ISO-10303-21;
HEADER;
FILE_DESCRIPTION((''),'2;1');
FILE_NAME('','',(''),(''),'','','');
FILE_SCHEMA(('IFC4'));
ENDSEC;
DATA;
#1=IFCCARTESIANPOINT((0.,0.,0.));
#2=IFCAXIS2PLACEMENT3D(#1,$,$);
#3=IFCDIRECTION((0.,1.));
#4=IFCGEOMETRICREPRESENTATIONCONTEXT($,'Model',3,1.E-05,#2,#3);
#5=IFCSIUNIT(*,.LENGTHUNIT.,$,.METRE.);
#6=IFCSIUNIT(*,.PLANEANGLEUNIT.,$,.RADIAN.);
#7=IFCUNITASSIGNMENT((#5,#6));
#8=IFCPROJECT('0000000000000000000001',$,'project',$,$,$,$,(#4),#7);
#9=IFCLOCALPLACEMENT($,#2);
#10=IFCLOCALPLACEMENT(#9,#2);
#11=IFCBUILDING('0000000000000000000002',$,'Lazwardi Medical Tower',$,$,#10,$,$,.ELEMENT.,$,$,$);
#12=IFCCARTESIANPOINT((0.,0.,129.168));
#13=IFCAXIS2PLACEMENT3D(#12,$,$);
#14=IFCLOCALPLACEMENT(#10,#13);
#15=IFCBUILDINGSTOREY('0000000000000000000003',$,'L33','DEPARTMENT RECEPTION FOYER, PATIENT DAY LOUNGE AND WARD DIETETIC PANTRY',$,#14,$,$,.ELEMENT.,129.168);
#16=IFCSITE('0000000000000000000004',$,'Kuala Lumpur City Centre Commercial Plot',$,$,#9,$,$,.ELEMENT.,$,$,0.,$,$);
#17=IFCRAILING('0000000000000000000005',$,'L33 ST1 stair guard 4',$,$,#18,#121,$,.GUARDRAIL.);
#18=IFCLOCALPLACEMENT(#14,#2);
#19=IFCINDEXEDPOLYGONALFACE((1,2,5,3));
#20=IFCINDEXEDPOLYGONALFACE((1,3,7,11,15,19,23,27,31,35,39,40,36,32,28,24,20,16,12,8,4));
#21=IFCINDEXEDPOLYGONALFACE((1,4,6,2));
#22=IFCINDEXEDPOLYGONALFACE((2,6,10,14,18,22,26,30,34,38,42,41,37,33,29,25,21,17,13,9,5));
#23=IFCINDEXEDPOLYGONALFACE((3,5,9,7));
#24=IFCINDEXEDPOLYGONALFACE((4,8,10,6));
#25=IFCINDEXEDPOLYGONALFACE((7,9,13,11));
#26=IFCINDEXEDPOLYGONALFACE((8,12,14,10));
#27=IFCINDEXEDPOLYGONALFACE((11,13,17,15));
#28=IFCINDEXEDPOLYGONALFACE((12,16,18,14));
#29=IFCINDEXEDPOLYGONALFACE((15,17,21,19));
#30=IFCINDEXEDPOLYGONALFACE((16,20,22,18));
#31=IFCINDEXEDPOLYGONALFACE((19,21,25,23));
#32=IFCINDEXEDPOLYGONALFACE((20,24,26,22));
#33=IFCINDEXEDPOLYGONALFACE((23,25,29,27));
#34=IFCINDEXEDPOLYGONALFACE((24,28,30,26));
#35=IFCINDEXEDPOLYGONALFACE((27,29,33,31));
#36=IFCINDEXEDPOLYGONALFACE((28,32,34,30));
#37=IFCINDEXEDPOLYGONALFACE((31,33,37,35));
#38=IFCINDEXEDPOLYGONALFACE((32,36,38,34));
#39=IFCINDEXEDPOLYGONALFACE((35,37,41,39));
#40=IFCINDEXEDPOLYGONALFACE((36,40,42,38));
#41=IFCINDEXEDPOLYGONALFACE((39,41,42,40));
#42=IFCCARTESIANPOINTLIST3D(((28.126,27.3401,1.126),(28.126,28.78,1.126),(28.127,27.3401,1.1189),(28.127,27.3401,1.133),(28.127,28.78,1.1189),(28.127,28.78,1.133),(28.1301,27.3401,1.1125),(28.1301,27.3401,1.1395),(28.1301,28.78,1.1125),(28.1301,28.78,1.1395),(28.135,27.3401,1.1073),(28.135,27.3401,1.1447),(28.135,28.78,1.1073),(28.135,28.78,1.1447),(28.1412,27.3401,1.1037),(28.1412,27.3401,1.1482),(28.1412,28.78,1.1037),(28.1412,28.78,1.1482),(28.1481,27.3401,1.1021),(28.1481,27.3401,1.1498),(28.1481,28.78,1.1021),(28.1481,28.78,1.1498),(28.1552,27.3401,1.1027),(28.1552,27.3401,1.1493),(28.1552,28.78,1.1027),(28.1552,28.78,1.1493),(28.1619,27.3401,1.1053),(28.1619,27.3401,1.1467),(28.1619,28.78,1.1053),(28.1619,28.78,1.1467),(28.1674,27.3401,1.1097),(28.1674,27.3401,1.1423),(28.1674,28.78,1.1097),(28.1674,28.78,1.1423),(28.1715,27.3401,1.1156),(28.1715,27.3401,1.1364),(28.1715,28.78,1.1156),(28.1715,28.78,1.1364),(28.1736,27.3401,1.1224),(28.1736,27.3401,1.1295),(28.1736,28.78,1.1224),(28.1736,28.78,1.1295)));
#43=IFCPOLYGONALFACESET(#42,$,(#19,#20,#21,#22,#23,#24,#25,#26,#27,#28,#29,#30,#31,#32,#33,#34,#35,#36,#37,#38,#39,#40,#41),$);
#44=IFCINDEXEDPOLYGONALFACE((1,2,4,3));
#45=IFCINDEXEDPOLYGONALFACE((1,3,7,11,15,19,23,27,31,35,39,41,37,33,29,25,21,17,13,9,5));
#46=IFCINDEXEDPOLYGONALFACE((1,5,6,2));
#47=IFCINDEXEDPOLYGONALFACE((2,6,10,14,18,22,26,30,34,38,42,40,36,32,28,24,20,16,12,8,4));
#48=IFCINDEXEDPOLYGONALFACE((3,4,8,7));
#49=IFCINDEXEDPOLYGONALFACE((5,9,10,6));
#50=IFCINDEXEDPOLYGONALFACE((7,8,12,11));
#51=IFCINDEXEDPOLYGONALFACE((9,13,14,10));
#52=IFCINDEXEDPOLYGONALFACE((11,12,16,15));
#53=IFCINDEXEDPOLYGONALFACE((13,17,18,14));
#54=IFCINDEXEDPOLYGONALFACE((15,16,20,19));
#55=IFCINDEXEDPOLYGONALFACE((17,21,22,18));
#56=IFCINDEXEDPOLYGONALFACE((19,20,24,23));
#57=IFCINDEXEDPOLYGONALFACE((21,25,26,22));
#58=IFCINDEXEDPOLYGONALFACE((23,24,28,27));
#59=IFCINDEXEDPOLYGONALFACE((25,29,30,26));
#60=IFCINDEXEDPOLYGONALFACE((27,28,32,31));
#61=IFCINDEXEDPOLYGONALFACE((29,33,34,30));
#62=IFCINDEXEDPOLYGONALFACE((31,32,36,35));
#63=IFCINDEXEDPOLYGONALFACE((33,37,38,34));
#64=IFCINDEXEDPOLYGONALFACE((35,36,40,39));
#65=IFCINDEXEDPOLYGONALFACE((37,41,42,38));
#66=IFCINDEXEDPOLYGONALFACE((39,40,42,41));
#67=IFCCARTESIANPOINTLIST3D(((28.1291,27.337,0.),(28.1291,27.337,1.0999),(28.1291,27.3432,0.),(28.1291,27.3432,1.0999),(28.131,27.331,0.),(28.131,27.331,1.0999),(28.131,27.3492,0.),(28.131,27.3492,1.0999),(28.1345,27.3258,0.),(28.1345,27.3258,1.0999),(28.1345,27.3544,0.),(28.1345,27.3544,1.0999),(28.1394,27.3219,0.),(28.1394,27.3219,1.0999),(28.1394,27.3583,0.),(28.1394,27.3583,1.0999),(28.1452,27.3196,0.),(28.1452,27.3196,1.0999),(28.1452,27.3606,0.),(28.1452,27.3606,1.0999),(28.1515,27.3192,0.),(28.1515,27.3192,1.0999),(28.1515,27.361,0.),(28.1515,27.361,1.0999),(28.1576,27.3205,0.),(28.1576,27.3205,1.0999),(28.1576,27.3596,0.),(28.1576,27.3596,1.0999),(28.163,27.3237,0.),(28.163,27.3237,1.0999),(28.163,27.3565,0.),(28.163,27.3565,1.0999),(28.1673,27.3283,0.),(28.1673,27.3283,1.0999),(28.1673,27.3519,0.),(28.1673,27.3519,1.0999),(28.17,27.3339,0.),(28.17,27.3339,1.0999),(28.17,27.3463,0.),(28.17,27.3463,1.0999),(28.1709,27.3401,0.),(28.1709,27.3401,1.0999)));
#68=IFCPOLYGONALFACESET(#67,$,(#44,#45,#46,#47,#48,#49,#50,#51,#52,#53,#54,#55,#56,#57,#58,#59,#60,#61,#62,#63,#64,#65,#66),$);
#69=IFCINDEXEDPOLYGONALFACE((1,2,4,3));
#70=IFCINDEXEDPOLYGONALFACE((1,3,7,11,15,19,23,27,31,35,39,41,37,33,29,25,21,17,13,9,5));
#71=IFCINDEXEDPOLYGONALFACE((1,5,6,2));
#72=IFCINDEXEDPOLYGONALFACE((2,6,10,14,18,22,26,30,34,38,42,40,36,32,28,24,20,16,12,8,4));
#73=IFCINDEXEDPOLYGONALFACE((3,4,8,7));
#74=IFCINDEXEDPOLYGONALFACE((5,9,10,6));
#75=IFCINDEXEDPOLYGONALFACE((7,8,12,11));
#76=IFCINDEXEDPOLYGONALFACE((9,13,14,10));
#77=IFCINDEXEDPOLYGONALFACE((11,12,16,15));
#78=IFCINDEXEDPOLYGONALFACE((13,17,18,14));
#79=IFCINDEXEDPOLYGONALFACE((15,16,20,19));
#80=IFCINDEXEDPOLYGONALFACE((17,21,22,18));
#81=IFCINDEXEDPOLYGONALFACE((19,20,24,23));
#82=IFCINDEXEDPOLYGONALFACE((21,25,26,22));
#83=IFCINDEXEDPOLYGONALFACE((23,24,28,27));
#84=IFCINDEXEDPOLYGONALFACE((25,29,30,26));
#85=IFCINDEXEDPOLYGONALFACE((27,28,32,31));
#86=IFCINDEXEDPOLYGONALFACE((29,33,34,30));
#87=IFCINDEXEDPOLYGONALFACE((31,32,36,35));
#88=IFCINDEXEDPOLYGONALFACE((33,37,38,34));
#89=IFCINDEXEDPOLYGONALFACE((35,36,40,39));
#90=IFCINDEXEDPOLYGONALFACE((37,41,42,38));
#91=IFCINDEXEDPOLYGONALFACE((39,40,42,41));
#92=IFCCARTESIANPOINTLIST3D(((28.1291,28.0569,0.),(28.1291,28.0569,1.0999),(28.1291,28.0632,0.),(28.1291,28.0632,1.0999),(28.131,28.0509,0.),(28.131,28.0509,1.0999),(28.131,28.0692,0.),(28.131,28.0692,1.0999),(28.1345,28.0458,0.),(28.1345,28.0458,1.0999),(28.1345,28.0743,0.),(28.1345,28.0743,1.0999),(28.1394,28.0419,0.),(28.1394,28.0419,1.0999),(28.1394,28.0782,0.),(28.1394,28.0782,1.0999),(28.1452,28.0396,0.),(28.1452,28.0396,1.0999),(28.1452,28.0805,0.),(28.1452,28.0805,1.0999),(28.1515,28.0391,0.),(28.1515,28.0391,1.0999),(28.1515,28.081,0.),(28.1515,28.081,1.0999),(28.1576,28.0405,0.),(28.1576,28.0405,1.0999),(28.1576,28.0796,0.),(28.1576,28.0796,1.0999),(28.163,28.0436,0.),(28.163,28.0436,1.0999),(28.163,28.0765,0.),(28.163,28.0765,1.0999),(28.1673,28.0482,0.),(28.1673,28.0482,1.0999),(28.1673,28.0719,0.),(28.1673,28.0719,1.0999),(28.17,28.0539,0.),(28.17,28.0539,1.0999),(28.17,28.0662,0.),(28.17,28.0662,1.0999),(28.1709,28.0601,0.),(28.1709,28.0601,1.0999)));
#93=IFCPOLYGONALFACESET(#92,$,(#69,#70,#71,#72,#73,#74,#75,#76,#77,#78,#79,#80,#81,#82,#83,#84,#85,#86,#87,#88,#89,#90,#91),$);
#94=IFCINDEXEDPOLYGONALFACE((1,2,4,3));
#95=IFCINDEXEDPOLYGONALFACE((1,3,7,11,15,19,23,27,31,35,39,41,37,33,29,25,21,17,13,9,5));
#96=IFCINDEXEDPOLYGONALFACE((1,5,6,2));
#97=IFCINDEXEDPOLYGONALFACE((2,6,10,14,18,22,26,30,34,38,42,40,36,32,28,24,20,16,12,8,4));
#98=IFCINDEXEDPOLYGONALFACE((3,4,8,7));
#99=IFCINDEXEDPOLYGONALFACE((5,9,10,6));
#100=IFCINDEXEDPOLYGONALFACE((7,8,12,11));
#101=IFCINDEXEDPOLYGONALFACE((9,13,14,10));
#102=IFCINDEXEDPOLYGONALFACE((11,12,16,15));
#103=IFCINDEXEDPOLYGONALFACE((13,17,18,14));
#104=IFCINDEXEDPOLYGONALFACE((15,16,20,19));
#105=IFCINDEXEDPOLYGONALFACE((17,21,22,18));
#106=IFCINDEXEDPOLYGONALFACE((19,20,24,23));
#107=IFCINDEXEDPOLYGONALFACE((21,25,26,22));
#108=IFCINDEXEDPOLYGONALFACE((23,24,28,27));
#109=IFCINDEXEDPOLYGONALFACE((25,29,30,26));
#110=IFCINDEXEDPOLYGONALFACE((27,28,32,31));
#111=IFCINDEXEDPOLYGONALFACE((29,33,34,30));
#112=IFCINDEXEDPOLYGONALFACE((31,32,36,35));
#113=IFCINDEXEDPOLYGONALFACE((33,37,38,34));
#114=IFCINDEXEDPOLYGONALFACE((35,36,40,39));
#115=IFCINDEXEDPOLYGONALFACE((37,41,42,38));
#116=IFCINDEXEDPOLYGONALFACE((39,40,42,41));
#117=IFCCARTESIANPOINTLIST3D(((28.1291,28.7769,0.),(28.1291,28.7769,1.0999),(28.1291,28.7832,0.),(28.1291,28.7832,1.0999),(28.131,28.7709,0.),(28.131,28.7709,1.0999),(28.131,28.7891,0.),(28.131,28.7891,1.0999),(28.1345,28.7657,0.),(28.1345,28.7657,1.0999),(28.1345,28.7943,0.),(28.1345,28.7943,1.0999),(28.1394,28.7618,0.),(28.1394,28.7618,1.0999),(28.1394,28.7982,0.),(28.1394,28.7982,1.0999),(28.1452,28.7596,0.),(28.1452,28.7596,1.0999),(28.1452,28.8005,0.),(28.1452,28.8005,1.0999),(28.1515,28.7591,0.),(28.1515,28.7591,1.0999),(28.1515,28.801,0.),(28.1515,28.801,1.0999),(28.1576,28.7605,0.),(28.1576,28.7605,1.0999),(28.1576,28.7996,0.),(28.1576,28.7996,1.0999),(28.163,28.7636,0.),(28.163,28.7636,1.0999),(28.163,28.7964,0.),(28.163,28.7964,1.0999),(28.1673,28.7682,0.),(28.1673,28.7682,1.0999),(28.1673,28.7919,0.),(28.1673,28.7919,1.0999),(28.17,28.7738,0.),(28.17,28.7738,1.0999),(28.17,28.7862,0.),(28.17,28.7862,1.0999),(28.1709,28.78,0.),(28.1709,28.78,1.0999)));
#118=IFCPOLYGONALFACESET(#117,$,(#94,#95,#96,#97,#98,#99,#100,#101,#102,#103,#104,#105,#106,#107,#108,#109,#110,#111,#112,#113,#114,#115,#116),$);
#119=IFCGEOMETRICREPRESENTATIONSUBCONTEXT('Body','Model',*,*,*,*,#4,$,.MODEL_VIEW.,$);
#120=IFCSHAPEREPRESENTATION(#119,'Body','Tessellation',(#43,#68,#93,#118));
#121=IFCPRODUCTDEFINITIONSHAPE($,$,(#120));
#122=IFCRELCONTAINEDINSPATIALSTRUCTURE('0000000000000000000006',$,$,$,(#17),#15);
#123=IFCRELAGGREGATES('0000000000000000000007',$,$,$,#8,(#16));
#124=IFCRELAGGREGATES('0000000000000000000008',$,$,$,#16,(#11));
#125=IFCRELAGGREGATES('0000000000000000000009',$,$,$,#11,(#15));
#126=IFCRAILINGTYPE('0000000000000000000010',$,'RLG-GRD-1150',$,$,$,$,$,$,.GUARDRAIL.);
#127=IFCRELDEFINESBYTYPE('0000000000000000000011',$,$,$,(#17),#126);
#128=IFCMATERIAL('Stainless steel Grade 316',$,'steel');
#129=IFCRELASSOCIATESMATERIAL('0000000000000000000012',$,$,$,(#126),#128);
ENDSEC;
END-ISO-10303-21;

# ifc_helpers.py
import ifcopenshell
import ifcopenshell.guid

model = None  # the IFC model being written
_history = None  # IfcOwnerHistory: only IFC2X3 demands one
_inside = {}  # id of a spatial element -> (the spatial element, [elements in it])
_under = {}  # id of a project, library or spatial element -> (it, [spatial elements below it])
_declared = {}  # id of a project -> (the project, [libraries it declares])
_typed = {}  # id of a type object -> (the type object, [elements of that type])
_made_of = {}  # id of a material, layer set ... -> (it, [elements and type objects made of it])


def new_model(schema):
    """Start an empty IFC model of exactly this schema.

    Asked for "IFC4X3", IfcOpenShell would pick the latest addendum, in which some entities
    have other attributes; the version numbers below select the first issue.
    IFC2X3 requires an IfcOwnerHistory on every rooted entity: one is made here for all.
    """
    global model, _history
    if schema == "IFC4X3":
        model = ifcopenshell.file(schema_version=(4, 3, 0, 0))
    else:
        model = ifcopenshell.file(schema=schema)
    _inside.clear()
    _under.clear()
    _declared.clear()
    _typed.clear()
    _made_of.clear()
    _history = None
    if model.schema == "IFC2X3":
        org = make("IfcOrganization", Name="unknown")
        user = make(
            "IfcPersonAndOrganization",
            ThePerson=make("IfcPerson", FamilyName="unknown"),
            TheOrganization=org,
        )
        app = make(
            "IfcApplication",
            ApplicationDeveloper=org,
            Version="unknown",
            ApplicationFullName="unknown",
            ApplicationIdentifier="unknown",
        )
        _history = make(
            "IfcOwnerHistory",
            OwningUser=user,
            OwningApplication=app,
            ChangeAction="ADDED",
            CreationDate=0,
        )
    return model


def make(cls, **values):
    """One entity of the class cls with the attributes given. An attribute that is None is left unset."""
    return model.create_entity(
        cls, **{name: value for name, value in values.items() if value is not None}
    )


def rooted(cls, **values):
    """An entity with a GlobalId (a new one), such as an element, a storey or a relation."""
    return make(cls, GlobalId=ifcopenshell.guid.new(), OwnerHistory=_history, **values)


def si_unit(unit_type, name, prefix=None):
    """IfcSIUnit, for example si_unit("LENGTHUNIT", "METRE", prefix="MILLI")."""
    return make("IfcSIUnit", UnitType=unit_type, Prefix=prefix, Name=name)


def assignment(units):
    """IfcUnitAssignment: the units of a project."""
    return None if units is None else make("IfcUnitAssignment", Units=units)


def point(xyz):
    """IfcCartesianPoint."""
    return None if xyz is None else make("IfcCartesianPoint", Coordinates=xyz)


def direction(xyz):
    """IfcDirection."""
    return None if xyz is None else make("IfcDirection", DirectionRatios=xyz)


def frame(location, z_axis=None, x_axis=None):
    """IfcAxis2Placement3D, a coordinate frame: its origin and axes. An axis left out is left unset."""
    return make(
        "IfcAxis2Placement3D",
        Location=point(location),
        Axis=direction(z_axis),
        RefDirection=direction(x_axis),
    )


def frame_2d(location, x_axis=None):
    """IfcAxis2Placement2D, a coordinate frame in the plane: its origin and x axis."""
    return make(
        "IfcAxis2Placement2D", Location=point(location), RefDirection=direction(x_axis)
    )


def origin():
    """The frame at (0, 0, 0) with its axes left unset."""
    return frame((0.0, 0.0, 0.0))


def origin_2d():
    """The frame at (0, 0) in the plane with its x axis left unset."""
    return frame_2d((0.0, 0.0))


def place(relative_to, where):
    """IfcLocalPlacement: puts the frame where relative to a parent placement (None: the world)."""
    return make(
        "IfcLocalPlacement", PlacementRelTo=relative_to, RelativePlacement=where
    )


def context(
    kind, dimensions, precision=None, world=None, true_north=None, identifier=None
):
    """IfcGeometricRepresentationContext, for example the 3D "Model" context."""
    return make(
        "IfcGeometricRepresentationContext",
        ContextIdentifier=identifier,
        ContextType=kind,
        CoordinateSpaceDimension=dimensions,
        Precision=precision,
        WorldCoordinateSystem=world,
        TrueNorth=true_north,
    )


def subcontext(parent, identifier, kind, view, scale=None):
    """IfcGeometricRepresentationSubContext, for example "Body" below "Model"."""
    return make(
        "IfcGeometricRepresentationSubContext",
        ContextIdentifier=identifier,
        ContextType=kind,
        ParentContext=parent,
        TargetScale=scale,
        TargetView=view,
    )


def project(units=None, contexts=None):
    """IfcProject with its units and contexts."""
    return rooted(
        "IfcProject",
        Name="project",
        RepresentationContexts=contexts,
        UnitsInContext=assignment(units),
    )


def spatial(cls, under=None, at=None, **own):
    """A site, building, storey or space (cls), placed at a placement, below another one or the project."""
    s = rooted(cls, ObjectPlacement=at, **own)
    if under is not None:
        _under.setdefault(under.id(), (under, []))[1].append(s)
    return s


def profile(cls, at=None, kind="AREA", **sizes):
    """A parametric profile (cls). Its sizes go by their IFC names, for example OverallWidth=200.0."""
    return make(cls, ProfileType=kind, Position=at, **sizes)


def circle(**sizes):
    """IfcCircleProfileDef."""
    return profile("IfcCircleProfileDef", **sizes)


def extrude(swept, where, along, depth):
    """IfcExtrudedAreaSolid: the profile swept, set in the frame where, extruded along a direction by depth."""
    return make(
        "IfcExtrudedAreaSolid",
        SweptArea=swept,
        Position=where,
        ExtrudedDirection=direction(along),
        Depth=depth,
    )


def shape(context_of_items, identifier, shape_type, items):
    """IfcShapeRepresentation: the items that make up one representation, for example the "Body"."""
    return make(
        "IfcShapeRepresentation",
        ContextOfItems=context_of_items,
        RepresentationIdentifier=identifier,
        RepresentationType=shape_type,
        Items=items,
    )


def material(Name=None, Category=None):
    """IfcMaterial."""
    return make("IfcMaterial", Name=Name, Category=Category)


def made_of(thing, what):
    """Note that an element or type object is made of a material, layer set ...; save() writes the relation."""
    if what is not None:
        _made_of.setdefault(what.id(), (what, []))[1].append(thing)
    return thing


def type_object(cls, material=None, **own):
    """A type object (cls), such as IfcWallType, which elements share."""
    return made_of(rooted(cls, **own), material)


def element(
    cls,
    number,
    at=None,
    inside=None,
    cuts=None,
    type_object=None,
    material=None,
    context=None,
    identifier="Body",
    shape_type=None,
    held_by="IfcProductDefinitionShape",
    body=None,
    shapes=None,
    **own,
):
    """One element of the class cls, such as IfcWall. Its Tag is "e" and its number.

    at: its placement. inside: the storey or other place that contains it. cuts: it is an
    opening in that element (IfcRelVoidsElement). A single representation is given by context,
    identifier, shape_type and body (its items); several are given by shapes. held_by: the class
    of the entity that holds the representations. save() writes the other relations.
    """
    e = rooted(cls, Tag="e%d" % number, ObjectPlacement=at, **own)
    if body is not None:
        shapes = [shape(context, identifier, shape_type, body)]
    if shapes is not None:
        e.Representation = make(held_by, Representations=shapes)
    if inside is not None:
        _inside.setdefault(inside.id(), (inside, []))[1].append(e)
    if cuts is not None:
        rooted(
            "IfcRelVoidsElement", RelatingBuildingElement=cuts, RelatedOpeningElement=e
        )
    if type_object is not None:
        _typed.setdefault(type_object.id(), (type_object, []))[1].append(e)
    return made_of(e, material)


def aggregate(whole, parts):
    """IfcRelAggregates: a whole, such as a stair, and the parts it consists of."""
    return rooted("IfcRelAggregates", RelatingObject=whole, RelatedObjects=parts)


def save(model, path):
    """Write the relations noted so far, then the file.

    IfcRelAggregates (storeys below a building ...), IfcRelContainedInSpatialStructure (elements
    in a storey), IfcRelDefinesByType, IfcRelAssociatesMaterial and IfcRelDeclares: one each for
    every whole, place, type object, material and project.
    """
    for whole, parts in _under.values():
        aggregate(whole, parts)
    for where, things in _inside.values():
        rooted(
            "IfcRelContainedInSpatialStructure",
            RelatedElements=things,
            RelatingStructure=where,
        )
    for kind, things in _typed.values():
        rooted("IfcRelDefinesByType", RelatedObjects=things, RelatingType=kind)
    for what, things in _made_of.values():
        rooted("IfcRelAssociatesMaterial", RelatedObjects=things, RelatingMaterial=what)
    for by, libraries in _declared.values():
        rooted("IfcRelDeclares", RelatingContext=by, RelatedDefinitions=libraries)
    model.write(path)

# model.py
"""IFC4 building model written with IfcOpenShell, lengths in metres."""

from ifc_helpers import new_model, si_unit, direction, frame, origin, origin_2d, place, context, subcontext, project, spatial, circle, extrude, material, type_object, element, save


model = new_model("IFC4")

# Units and contexts
model_context = context("Model", 3, precision=1e-05, world=origin(), true_north=direction((0.0, 1.0)))
body_context = subcontext(model_context, "Body", "Model", "MODEL_VIEW")
ifc_project = project(units=[si_unit("LENGTHUNIT", "METRE"), si_unit("PLANEANGLEUNIT", "RADIAN")], contexts=[model_context])

# Site, building, storey
site_placement = place(None, origin())
site = spatial("IfcSite", under=ifc_project, at=site_placement, Name="Kuala Lumpur City Centre Commercial Plot", CompositionType="ELEMENT", RefElevation=0.0)
building_placement = place(site_placement, origin())
building = spatial("IfcBuilding", under=site, at=building_placement, Name="Lazwardi Medical Tower", CompositionType="ELEMENT")
storey_placement = place(building_placement, frame((0.0, 0.0, 129.168)))
storey = spatial("IfcBuildingStorey", under=building, at=storey_placement, Name="L33", Description="DEPARTMENT RECEPTION FOYER, PATIENT DAY LOUNGE AND WARD DIETETIC PANTRY", CompositionType="ELEMENT", Elevation=129.168)

# Railing
ifc_material_1 = material(Name="Stainless steel Grade 316", Category="steel")
railing_type_1 = type_object("IfcRailingType", Name="RLG-GRD-1150", PredefinedType="GUARDRAIL", material=ifc_material_1)
railing_1_placement = place(storey_placement, frame((28.1499, 27.3401, 0.0)))
element("IfcRailing", 1, at=railing_1_placement, inside=storey, type_object=railing_type_1, Name="L33 ST1 stair guard 4", PredefinedType="GUARDRAIL", context=body_context, shape_type="SweptSolid", body=[
    extrude(circle(Radius=0.0239, at=origin_2d()), frame((0.0, 0.0, 1.126), z_axis=(0.0, 1.0, 0.0), x_axis=(-1.0, 0.0, 0.0)), (0.0, 0.0, 1.0), 1.4399),
    extrude(circle(Radius=0.021, at=origin_2d()), origin(), (0.0, 0.0, 1.0), 1.0999),
    extrude(circle(Radius=0.021, at=origin_2d()), frame((0.0, 0.72, 0.0)), (0.0, 0.0, 1.0), 1.0999),
    extrude(circle(Radius=0.021, at=origin_2d()), frame((0.0, 1.4399, 0.0)), (0.0, 0.0, 1.0), 1.0999),
])

save(model, "model.ifc")
